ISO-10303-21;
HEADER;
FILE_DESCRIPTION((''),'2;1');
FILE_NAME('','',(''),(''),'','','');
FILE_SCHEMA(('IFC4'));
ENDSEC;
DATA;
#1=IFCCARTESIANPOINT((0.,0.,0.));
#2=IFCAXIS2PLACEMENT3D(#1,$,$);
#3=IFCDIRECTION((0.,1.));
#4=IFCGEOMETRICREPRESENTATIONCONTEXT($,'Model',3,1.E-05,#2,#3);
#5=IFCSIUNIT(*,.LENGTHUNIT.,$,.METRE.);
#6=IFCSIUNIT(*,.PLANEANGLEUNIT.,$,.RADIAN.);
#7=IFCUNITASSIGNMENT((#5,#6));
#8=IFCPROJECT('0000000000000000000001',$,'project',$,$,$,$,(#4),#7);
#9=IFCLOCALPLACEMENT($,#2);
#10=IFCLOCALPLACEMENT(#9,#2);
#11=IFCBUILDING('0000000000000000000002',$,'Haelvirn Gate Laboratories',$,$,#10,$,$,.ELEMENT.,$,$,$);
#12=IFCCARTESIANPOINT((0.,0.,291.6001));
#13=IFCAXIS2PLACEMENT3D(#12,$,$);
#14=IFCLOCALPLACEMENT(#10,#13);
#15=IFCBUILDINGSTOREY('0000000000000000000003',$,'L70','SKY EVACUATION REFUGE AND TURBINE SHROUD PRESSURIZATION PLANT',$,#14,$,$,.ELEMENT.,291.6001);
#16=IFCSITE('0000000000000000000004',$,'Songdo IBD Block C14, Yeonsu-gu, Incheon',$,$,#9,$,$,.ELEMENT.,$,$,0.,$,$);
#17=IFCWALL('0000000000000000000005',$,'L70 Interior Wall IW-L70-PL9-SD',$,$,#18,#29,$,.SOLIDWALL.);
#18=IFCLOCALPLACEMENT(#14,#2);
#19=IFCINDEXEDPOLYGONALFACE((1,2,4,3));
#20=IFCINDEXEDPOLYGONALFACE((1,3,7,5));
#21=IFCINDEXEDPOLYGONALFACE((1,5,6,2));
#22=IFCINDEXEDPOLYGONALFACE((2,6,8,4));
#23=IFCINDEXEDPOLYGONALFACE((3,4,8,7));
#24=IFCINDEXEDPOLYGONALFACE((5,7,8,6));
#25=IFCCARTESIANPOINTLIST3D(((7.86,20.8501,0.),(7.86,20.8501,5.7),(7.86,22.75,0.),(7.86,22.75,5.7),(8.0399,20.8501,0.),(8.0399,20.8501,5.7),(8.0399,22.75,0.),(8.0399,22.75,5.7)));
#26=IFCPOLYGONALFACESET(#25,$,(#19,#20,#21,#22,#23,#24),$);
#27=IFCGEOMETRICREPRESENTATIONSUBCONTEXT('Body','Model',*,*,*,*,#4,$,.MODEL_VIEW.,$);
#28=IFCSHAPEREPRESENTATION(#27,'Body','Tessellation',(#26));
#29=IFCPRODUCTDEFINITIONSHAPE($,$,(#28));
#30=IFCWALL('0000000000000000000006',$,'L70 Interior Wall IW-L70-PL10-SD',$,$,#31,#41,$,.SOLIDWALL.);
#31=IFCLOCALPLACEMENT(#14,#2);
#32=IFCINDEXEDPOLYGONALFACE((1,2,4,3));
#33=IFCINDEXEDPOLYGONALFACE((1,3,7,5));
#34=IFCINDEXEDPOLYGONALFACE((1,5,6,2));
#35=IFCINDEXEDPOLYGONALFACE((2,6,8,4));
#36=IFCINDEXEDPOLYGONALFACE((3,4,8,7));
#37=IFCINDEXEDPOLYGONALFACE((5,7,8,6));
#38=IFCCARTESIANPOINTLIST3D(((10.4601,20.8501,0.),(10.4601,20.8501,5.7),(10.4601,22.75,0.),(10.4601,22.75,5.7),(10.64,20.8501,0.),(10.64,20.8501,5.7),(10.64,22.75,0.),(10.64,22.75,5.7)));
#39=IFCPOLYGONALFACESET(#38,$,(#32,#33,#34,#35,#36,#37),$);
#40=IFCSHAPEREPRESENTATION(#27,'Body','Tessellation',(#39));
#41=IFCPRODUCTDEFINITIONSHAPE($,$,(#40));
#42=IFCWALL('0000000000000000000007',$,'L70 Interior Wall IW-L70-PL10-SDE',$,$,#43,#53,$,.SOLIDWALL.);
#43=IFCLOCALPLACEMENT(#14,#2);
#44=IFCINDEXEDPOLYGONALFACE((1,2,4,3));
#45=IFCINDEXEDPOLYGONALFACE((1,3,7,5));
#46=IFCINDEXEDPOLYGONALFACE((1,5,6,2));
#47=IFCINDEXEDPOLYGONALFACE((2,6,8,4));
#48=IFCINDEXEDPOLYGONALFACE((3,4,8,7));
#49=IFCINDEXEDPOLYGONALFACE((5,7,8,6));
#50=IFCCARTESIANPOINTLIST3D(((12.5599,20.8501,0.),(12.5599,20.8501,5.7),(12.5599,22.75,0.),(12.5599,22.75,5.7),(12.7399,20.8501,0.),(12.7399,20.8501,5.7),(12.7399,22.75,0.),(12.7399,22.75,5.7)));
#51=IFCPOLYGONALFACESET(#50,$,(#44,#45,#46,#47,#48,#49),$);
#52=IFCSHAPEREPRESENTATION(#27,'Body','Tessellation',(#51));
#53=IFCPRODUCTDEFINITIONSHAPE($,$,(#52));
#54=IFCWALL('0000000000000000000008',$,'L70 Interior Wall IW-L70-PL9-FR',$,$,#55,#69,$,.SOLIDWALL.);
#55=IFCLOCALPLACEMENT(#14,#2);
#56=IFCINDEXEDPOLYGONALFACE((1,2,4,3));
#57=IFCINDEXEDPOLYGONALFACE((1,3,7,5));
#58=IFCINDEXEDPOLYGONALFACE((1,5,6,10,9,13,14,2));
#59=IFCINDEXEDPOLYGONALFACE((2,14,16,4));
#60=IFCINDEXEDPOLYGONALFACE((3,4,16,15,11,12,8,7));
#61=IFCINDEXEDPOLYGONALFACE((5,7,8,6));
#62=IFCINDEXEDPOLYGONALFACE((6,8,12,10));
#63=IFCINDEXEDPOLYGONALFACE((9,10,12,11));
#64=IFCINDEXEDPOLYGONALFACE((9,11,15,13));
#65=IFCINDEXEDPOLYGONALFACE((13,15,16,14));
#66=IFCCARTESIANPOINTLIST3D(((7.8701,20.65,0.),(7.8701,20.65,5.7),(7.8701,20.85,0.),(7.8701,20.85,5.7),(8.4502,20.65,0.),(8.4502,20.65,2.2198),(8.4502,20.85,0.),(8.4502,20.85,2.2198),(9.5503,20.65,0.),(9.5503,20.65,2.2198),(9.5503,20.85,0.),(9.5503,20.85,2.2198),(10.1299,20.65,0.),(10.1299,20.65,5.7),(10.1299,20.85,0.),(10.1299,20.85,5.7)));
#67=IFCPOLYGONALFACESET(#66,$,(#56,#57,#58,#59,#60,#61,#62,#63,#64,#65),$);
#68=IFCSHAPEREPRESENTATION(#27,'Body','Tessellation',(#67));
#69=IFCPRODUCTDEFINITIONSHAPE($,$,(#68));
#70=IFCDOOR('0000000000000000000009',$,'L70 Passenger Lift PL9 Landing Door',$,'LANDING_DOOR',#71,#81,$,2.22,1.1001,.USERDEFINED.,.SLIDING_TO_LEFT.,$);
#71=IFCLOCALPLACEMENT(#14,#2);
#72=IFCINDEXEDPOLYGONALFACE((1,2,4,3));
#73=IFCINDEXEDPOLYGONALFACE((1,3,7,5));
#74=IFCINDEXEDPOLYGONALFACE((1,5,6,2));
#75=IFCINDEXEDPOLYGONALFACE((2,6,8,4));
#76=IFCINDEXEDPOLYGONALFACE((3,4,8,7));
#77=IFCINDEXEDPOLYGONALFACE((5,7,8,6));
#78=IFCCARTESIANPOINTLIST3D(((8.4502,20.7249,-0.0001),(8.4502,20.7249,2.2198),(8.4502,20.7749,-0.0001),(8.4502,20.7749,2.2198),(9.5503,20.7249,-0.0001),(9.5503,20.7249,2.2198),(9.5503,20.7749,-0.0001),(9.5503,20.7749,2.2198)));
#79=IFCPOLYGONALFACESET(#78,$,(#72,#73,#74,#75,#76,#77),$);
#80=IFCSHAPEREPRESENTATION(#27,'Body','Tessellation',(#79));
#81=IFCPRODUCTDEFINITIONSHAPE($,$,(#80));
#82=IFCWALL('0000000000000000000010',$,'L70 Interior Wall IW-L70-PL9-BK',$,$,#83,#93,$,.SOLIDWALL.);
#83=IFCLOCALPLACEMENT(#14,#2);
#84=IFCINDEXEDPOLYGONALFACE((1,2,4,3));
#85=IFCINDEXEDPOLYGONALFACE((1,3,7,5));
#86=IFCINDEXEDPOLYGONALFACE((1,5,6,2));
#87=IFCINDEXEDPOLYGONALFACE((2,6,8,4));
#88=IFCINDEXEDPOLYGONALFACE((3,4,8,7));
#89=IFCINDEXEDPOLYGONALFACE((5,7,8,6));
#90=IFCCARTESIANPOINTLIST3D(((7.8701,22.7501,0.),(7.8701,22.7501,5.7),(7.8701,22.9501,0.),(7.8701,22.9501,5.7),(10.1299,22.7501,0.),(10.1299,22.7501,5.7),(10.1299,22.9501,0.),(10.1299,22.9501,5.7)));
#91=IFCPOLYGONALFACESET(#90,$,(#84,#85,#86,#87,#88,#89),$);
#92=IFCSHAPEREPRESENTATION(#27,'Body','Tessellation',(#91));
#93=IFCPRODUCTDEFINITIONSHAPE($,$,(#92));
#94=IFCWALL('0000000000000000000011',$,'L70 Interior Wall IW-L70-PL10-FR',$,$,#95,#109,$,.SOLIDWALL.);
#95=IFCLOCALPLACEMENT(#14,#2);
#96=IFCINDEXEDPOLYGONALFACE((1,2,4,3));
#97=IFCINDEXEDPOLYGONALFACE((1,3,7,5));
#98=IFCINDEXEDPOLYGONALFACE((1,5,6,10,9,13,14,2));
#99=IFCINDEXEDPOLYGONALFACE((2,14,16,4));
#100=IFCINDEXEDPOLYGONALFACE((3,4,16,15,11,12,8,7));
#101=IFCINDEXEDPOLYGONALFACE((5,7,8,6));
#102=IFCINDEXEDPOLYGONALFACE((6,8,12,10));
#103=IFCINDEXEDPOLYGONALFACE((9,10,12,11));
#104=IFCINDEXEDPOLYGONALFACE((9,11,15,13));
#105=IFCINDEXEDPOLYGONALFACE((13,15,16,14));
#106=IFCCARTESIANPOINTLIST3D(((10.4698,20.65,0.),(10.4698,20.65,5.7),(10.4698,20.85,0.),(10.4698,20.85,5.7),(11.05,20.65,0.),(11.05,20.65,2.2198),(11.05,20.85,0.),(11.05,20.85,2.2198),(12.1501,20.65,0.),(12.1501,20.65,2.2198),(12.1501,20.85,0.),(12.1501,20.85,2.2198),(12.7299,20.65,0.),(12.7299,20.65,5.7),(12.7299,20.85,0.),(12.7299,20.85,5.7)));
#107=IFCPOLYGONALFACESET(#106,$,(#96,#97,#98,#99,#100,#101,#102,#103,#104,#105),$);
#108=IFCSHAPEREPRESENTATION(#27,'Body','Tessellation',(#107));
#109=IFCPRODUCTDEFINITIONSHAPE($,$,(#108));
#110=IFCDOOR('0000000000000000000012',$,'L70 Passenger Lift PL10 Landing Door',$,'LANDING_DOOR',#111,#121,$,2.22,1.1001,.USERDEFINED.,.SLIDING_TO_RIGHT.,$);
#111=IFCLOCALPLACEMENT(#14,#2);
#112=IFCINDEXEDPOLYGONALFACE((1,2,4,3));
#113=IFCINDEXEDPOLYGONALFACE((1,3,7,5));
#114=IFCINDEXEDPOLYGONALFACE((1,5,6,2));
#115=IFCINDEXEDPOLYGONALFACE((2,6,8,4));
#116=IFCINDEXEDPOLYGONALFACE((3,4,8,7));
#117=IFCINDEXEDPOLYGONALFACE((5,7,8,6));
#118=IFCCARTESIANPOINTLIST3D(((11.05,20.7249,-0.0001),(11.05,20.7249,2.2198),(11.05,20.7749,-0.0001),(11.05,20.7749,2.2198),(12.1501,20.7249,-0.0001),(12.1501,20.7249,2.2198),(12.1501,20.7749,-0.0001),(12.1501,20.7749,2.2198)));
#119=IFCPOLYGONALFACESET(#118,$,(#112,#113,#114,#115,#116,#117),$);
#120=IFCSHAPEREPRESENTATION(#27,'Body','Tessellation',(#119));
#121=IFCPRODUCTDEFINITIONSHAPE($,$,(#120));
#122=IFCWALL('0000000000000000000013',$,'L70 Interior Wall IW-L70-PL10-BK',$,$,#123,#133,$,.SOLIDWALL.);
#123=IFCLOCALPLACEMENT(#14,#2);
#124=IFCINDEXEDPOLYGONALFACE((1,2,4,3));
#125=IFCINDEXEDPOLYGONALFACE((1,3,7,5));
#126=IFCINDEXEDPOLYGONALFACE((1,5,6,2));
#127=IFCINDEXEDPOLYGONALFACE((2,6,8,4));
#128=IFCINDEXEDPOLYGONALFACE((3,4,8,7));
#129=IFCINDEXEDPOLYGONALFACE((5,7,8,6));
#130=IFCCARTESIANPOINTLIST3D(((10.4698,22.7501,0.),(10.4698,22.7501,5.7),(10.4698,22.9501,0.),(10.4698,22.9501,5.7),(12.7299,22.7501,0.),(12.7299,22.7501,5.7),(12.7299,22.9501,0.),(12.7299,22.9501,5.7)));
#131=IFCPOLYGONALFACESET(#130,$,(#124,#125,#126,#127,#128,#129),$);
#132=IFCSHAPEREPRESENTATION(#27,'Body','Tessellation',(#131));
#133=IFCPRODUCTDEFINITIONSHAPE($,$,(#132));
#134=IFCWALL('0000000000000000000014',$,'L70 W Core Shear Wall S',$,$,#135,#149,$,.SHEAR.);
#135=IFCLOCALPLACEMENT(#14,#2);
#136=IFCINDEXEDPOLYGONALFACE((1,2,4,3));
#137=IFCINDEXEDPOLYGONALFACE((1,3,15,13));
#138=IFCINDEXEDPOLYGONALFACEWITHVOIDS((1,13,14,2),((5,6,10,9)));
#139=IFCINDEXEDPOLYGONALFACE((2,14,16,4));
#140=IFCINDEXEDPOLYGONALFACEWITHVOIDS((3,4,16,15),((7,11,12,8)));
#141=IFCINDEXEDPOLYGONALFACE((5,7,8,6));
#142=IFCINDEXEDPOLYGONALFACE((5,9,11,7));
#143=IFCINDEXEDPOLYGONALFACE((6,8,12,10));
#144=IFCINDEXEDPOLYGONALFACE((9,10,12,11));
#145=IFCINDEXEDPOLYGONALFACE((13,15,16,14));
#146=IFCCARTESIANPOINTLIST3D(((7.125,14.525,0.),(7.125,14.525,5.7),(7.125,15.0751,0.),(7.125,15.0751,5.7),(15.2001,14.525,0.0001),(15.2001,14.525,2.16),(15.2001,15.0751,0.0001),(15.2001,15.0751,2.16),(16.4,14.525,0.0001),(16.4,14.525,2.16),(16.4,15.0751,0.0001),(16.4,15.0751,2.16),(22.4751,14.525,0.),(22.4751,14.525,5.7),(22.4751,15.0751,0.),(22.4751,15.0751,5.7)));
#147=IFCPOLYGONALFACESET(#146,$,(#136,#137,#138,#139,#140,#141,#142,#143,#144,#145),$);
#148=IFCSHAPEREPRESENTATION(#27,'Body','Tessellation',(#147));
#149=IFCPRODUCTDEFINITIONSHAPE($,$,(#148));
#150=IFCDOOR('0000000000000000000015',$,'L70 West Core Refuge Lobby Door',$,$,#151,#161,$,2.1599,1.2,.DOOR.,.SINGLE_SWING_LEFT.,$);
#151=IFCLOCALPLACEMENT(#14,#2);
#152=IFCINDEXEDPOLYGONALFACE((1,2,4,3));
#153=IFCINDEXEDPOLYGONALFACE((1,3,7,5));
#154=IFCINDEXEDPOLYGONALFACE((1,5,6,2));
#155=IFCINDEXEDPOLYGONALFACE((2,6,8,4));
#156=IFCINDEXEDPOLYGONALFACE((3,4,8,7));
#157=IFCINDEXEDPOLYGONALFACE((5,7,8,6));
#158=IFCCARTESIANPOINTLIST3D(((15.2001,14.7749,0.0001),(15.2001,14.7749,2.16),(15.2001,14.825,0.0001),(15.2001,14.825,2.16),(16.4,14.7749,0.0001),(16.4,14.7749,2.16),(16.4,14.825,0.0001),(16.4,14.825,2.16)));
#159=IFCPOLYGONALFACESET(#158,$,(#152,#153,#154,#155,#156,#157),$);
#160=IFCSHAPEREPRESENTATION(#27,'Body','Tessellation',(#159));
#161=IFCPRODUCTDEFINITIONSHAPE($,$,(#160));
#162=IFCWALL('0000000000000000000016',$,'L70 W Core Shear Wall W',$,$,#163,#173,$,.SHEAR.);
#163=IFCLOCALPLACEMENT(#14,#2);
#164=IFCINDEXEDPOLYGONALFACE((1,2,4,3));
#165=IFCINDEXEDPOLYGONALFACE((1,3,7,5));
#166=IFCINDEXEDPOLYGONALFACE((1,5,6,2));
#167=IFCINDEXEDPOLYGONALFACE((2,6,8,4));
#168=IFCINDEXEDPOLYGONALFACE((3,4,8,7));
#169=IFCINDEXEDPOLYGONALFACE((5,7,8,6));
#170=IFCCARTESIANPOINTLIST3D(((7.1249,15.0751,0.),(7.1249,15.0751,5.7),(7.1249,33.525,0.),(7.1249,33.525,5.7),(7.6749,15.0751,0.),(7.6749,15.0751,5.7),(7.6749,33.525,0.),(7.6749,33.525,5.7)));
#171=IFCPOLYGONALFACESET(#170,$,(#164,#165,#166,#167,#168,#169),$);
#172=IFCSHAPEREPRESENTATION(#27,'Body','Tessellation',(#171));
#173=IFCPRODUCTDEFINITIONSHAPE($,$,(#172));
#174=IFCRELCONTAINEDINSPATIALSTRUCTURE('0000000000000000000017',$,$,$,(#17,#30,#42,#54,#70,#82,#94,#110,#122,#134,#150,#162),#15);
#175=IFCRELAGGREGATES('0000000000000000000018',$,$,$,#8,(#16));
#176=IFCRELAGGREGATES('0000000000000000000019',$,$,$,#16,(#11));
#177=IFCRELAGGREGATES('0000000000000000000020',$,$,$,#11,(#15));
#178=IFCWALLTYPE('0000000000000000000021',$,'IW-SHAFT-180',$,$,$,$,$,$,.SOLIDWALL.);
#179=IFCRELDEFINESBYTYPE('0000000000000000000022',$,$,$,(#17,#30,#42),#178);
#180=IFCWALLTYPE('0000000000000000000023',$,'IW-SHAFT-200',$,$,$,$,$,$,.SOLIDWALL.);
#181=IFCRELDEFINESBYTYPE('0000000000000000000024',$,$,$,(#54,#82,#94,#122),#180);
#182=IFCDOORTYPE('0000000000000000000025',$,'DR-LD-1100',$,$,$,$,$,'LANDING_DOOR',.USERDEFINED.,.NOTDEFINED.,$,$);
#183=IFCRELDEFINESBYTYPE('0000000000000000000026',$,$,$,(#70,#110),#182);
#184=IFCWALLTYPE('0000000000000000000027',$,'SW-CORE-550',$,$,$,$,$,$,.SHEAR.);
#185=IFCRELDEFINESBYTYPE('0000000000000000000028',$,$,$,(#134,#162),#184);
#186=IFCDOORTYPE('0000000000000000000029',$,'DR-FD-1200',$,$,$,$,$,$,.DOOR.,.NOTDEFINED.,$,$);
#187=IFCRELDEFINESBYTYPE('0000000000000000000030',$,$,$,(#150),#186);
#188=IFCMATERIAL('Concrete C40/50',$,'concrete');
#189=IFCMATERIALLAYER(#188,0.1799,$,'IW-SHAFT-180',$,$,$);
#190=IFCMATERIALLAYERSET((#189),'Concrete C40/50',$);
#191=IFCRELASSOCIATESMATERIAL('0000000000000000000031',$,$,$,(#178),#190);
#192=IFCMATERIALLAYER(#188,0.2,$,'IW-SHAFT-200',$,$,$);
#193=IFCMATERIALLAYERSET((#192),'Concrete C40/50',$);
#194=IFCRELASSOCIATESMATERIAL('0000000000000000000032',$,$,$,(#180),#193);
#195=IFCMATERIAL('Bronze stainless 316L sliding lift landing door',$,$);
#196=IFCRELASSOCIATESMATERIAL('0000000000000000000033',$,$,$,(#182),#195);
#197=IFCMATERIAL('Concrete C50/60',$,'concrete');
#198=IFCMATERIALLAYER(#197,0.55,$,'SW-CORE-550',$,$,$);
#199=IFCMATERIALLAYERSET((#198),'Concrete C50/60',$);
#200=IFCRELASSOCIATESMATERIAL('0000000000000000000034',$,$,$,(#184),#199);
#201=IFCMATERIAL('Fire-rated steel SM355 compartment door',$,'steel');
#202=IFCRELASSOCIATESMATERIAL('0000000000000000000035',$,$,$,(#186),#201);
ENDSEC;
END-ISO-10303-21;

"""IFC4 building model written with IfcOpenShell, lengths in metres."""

from ifc_helpers import new_model, si_unit, direction, frame, frame_2d, origin, place, context, subcontext, project, spatial, rectangle, extrude, source, transform, mapped, material, layer, layer_set, type_object, type_shapes, element, fill, save


model = new_model("IFC4")

# Units and contexts
model_context = context("Model", 3, precision=1e-05, world=origin(), true_north=direction((0.0, 1.0)))
body_context = subcontext(model_context, "Body", "Model", "MODEL_VIEW")
ifc_project = project(units=[si_unit("LENGTHUNIT", "METRE"), si_unit("PLANEANGLEUNIT", "RADIAN")], contexts=[model_context])

# Site, building, storey
site_placement = place(None, origin())
site = spatial("IfcSite", under=ifc_project, at=site_placement, Name="Songdo IBD Block C14, Yeonsu-gu, Incheon", CompositionType="ELEMENT", RefElevation=0.0)
building_placement = place(site_placement, origin())
building = spatial("IfcBuilding", under=site, at=building_placement, Name="Haelvirn Gate Laboratories", CompositionType="ELEMENT")
storey_placement = place(building_placement, frame((0.0, 0.0, 291.6001)))
storey = spatial("IfcBuildingStorey", under=building, at=storey_placement, Name="L70", Description="SKY EVACUATION REFUGE AND TURBINE SHROUD PRESSURIZATION PLANT", CompositionType="ELEMENT", Elevation=291.6001)

# Shared definitions
ifc_material_1 = material(Name="Concrete C50/60", Category="concrete")

# Walls
ifc_material_2 = material(Name="Concrete C40/50", Category="concrete")
ifc_layer_1 = layer(ifc_material_2, 0.1799, Name="IW-SHAFT-180")
ifc_layer_set_1 = layer_set([ifc_layer_1], Name="Concrete C40/50")
wall_type_1 = type_object("IfcWallType", Name="IW-SHAFT-180", PredefinedType="SOLIDWALL", material=ifc_layer_set_1)
for number, where, z_axis, x_axis, name in (
    (1, (7.95, 20.8501, 0.0), (0.0, 0.0, 1.0), (0.0, 1.0, 0.0), "L70 Interior Wall IW-L70-PL9-SD"),
    (2, (10.55, 20.8501, 0.0), (0.0, 0.0, 1.0), (0.0, 1.0, 0.0), "L70 Interior Wall IW-L70-PL10-SD"),
    (3, (12.6499, 20.8501, 0.0), (0.0, 0.0, 1.0), (0.0, 1.0, 0.0), "L70 Interior Wall IW-L70-PL10-SDE"),
):
    element("IfcWall", number, at=place(storey_placement, frame(where, z_axis=z_axis, x_axis=x_axis)), inside=storey, type_object=wall_type_1, Name=name, PredefinedType="SOLIDWALL", context=body_context, shape_type="SweptSolid", body=[
        extrude(rectangle(XDim=1.8999, YDim=0.1799, at=frame_2d((0.95, 0.0))), origin(), (0.0, 0.0, 1.0), 5.7),
    ])

# Wall, opening, door
ifc_layer_2 = layer(ifc_material_2, 0.2, Name="IW-SHAFT-200")
ifc_layer_set_2 = layer_set([ifc_layer_2], Name="Concrete C40/50")
wall_type_2 = type_object("IfcWallType", Name="IW-SHAFT-200", PredefinedType="SOLIDWALL", material=ifc_layer_set_2)
wall_1_placement = place(storey_placement, frame((7.8701, 20.75, 0.0), z_axis=(0.0, 0.0, 1.0), x_axis=(1.0, 0.0, 0.0)))
wall_1 = element("IfcWall", 4, at=wall_1_placement, inside=storey, type_object=wall_type_2, Name="L70 Interior Wall IW-L70-PL9-FR", PredefinedType="SOLIDWALL", context=body_context, shape_type="SweptSolid", body=[
    extrude(rectangle(XDim=2.2598, YDim=0.2, at=frame_2d((1.1299, 0.0))), origin(), (0.0, 0.0, 1.0), 5.7),
])
opening_1_placement = place(wall_1_placement, frame((0.5801, 0.0, 0.0)))
opening_1 = element("IfcOpeningElement", 5, at=opening_1_placement, cuts=wall_1, PredefinedType="OPENING", context=body_context, shape_type="SweptSolid", body=[
    extrude(rectangle(XDim=1.1001, YDim=2.22, at=frame_2d((0.55, 1.1099))), frame((0.0, 0.1099, 0.0), z_axis=(0.0, -1.0, 0.0), x_axis=(1.0, 0.0, 0.0)), (0.0, 0.0, 1.0), 0.22),
])
ifc_material_3 = material(Name="Bronze stainless 316L sliding lift landing door")
door_type_1 = type_object("IfcDoorType", Name="DR-LD-1100", ElementType="LANDING_DOOR", OperationType="NOTDEFINED", PredefinedType="USERDEFINED", material=ifc_material_3)
shared_shape_1 = source(origin(), body_context, "Body", "SweptSolid", [
    extrude(rectangle(XDim=1.1001, YDim=2.22, at=frame_2d((0.55, 1.1099))), frame((0.0, 0.0249, 0.0), z_axis=(0.0, -1.0, 0.0), x_axis=(1.0, 0.0, 0.0)), (0.0, 0.0, 1.0), 0.05),
])
type_shapes(door_type_1, [shared_shape_1])
door_1_placement = place(opening_1_placement, origin())
door_1 = element("IfcDoor", 6, at=door_1_placement, inside=storey, type_object=door_type_1, Name="L70 Passenger Lift PL9 Landing Door", ObjectType="LANDING_DOOR", OperationType="SLIDING_TO_LEFT", OverallHeight=2.22, OverallWidth=1.1001, PredefinedType="USERDEFINED", context=body_context, shape_type="MappedRepresentation", body=[
    mapped(shared_shape_1, transform((0.0, 0.0, 0.0), scale=1.0)),
])
fill(opening_1, door_1)

# Wall
wall_2_placement = place(storey_placement, frame((7.8701, 22.8501, 0.0), z_axis=(0.0, 0.0, 1.0), x_axis=(1.0, 0.0, 0.0)))
element("IfcWall", 7, at=wall_2_placement, inside=storey, type_object=wall_type_2, Name="L70 Interior Wall IW-L70-PL9-BK", PredefinedType="SOLIDWALL", context=body_context, shape_type="SweptSolid", body=[
    extrude(rectangle(XDim=2.2598, YDim=0.2, at=frame_2d((1.1299, 0.0))), origin(), (0.0, 0.0, 1.0), 5.7),
])

# Wall, opening, door
wall_3_placement = place(storey_placement, frame((10.47, 20.75, 0.0), z_axis=(0.0, 0.0, 1.0), x_axis=(1.0, 0.0, 0.0)))
wall_3 = element("IfcWall", 8, at=wall_3_placement, inside=storey, type_object=wall_type_2, Name="L70 Interior Wall IW-L70-PL10-FR", PredefinedType="SOLIDWALL", context=body_context, shape_type="SweptSolid", body=[
    extrude(rectangle(XDim=2.26, YDim=0.2, at=frame_2d((1.1299, 0.0))), origin(), (0.0, 0.0, 1.0), 5.7),
])
opening_2_placement = place(wall_3_placement, frame((0.5801, 0.0, 0.0)))
opening_2 = element("IfcOpeningElement", 9, at=opening_2_placement, cuts=wall_3, PredefinedType="OPENING", context=body_context, shape_type="SweptSolid", body=[
    extrude(rectangle(XDim=1.1001, YDim=2.22, at=frame_2d((0.55, 1.1099))), frame((0.0, 0.1099, 0.0), z_axis=(0.0, -1.0, 0.0), x_axis=(1.0, 0.0, 0.0)), (0.0, 0.0, 1.0), 0.22),
])
door_2_placement = place(opening_2_placement, origin())
door_2 = element("IfcDoor", 10, at=door_2_placement, inside=storey, type_object=door_type_1, Name="L70 Passenger Lift PL10 Landing Door", ObjectType="LANDING_DOOR", OperationType="SLIDING_TO_RIGHT", OverallHeight=2.22, OverallWidth=1.1001, PredefinedType="USERDEFINED", context=body_context, shape_type="MappedRepresentation", body=[
    mapped(shared_shape_1, transform((0.0, 0.0, 0.0), scale=1.0)),
])
fill(opening_2, door_2)

# Wall
wall_4_placement = place(storey_placement, frame((10.47, 22.8501, 0.0), z_axis=(0.0, 0.0, 1.0), x_axis=(1.0, 0.0, 0.0)))
element("IfcWall", 11, at=wall_4_placement, inside=storey, type_object=wall_type_2, Name="L70 Interior Wall IW-L70-PL10-BK", PredefinedType="SOLIDWALL", context=body_context, shape_type="SweptSolid", body=[
    extrude(rectangle(XDim=2.26, YDim=0.2, at=frame_2d((1.1299, 0.0))), origin(), (0.0, 0.0, 1.0), 5.7),
])

# Wall, opening, door
ifc_layer_3 = layer(ifc_material_1, 0.55, Name="SW-CORE-550")
ifc_layer_set_3 = layer_set([ifc_layer_3], Name="Concrete C50/60")
wall_type_3 = type_object("IfcWallType", Name="SW-CORE-550", PredefinedType="SHEAR", material=ifc_layer_set_3)
wall_5_placement = place(storey_placement, frame((7.125, 14.8, 0.0), z_axis=(0.0, 0.0, 1.0), x_axis=(1.0, 0.0, 0.0)))
wall_5 = element("IfcWall", 12, at=wall_5_placement, inside=storey, type_object=wall_type_3, Name="L70 W Core Shear Wall S", PredefinedType="SHEAR", context=body_context, shape_type="SweptSolid", body=[
    extrude(rectangle(XDim=15.3501, YDim=0.55, at=frame_2d((7.675, 0.0))), origin(), (0.0, 0.0, 1.0), 5.7),
])
opening_3_placement = place(wall_5_placement, frame((8.075, 0.0, 0.0)))
opening_3 = element("IfcOpeningElement", 13, at=opening_3_placement, cuts=wall_5, PredefinedType="OPENING", context=body_context, shape_type="SweptSolid", body=[
    extrude(rectangle(XDim=1.2, YDim=2.1599, at=frame_2d((0.6001, 1.0801))), frame((0.0, 0.2852, 0.0), z_axis=(0.0, -1.0, 0.0), x_axis=(1.0, 0.0, 0.0)), (0.0, 0.0, 1.0), 0.5701),
])
ifc_material_4 = material(Name="Fire-rated steel SM355 compartment door", Category="steel")
door_type_2 = type_object("IfcDoorType", Name="DR-FD-1200", OperationType="NOTDEFINED", PredefinedType="DOOR", material=ifc_material_4)
shared_shape_2 = source(origin(), body_context, "Body", "SweptSolid", [
    extrude(rectangle(XDim=1.2, YDim=2.1599, at=frame_2d((0.6001, 1.0801))), frame((0.0, 0.0249, 0.0), z_axis=(0.0, -1.0, 0.0), x_axis=(1.0, 0.0, 0.0)), (0.0, 0.0, 1.0), 0.05),
])
type_shapes(door_type_2, [shared_shape_2])
door_3_placement = place(opening_3_placement, origin())
door_3 = element("IfcDoor", 14, at=door_3_placement, inside=storey, type_object=door_type_2, Name="L70 West Core Refuge Lobby Door", OperationType="SINGLE_SWING_LEFT", OverallHeight=2.1599, OverallWidth=1.2, PredefinedType="DOOR", context=body_context, shape_type="MappedRepresentation", body=[
    mapped(shared_shape_2, transform((0.0, 0.0, 0.0), scale=1.0)),
])
fill(opening_3, door_3)

# Wall
wall_6_placement = place(storey_placement, frame((7.3999, 15.075, 0.0), z_axis=(0.0, 0.0, 1.0), x_axis=(0.0, 1.0, 0.0)))
element("IfcWall", 15, at=wall_6_placement, inside=storey, type_object=wall_type_3, Name="L70 W Core Shear Wall W", PredefinedType="SHEAR", context=body_context, shape_type="SweptSolid", body=[
    extrude(rectangle(XDim=18.45, YDim=0.55, at=frame_2d((9.2251, 0.0))), origin(), (0.0, 0.0, 1.0), 5.7),
])

save(model, "model.ifc")
